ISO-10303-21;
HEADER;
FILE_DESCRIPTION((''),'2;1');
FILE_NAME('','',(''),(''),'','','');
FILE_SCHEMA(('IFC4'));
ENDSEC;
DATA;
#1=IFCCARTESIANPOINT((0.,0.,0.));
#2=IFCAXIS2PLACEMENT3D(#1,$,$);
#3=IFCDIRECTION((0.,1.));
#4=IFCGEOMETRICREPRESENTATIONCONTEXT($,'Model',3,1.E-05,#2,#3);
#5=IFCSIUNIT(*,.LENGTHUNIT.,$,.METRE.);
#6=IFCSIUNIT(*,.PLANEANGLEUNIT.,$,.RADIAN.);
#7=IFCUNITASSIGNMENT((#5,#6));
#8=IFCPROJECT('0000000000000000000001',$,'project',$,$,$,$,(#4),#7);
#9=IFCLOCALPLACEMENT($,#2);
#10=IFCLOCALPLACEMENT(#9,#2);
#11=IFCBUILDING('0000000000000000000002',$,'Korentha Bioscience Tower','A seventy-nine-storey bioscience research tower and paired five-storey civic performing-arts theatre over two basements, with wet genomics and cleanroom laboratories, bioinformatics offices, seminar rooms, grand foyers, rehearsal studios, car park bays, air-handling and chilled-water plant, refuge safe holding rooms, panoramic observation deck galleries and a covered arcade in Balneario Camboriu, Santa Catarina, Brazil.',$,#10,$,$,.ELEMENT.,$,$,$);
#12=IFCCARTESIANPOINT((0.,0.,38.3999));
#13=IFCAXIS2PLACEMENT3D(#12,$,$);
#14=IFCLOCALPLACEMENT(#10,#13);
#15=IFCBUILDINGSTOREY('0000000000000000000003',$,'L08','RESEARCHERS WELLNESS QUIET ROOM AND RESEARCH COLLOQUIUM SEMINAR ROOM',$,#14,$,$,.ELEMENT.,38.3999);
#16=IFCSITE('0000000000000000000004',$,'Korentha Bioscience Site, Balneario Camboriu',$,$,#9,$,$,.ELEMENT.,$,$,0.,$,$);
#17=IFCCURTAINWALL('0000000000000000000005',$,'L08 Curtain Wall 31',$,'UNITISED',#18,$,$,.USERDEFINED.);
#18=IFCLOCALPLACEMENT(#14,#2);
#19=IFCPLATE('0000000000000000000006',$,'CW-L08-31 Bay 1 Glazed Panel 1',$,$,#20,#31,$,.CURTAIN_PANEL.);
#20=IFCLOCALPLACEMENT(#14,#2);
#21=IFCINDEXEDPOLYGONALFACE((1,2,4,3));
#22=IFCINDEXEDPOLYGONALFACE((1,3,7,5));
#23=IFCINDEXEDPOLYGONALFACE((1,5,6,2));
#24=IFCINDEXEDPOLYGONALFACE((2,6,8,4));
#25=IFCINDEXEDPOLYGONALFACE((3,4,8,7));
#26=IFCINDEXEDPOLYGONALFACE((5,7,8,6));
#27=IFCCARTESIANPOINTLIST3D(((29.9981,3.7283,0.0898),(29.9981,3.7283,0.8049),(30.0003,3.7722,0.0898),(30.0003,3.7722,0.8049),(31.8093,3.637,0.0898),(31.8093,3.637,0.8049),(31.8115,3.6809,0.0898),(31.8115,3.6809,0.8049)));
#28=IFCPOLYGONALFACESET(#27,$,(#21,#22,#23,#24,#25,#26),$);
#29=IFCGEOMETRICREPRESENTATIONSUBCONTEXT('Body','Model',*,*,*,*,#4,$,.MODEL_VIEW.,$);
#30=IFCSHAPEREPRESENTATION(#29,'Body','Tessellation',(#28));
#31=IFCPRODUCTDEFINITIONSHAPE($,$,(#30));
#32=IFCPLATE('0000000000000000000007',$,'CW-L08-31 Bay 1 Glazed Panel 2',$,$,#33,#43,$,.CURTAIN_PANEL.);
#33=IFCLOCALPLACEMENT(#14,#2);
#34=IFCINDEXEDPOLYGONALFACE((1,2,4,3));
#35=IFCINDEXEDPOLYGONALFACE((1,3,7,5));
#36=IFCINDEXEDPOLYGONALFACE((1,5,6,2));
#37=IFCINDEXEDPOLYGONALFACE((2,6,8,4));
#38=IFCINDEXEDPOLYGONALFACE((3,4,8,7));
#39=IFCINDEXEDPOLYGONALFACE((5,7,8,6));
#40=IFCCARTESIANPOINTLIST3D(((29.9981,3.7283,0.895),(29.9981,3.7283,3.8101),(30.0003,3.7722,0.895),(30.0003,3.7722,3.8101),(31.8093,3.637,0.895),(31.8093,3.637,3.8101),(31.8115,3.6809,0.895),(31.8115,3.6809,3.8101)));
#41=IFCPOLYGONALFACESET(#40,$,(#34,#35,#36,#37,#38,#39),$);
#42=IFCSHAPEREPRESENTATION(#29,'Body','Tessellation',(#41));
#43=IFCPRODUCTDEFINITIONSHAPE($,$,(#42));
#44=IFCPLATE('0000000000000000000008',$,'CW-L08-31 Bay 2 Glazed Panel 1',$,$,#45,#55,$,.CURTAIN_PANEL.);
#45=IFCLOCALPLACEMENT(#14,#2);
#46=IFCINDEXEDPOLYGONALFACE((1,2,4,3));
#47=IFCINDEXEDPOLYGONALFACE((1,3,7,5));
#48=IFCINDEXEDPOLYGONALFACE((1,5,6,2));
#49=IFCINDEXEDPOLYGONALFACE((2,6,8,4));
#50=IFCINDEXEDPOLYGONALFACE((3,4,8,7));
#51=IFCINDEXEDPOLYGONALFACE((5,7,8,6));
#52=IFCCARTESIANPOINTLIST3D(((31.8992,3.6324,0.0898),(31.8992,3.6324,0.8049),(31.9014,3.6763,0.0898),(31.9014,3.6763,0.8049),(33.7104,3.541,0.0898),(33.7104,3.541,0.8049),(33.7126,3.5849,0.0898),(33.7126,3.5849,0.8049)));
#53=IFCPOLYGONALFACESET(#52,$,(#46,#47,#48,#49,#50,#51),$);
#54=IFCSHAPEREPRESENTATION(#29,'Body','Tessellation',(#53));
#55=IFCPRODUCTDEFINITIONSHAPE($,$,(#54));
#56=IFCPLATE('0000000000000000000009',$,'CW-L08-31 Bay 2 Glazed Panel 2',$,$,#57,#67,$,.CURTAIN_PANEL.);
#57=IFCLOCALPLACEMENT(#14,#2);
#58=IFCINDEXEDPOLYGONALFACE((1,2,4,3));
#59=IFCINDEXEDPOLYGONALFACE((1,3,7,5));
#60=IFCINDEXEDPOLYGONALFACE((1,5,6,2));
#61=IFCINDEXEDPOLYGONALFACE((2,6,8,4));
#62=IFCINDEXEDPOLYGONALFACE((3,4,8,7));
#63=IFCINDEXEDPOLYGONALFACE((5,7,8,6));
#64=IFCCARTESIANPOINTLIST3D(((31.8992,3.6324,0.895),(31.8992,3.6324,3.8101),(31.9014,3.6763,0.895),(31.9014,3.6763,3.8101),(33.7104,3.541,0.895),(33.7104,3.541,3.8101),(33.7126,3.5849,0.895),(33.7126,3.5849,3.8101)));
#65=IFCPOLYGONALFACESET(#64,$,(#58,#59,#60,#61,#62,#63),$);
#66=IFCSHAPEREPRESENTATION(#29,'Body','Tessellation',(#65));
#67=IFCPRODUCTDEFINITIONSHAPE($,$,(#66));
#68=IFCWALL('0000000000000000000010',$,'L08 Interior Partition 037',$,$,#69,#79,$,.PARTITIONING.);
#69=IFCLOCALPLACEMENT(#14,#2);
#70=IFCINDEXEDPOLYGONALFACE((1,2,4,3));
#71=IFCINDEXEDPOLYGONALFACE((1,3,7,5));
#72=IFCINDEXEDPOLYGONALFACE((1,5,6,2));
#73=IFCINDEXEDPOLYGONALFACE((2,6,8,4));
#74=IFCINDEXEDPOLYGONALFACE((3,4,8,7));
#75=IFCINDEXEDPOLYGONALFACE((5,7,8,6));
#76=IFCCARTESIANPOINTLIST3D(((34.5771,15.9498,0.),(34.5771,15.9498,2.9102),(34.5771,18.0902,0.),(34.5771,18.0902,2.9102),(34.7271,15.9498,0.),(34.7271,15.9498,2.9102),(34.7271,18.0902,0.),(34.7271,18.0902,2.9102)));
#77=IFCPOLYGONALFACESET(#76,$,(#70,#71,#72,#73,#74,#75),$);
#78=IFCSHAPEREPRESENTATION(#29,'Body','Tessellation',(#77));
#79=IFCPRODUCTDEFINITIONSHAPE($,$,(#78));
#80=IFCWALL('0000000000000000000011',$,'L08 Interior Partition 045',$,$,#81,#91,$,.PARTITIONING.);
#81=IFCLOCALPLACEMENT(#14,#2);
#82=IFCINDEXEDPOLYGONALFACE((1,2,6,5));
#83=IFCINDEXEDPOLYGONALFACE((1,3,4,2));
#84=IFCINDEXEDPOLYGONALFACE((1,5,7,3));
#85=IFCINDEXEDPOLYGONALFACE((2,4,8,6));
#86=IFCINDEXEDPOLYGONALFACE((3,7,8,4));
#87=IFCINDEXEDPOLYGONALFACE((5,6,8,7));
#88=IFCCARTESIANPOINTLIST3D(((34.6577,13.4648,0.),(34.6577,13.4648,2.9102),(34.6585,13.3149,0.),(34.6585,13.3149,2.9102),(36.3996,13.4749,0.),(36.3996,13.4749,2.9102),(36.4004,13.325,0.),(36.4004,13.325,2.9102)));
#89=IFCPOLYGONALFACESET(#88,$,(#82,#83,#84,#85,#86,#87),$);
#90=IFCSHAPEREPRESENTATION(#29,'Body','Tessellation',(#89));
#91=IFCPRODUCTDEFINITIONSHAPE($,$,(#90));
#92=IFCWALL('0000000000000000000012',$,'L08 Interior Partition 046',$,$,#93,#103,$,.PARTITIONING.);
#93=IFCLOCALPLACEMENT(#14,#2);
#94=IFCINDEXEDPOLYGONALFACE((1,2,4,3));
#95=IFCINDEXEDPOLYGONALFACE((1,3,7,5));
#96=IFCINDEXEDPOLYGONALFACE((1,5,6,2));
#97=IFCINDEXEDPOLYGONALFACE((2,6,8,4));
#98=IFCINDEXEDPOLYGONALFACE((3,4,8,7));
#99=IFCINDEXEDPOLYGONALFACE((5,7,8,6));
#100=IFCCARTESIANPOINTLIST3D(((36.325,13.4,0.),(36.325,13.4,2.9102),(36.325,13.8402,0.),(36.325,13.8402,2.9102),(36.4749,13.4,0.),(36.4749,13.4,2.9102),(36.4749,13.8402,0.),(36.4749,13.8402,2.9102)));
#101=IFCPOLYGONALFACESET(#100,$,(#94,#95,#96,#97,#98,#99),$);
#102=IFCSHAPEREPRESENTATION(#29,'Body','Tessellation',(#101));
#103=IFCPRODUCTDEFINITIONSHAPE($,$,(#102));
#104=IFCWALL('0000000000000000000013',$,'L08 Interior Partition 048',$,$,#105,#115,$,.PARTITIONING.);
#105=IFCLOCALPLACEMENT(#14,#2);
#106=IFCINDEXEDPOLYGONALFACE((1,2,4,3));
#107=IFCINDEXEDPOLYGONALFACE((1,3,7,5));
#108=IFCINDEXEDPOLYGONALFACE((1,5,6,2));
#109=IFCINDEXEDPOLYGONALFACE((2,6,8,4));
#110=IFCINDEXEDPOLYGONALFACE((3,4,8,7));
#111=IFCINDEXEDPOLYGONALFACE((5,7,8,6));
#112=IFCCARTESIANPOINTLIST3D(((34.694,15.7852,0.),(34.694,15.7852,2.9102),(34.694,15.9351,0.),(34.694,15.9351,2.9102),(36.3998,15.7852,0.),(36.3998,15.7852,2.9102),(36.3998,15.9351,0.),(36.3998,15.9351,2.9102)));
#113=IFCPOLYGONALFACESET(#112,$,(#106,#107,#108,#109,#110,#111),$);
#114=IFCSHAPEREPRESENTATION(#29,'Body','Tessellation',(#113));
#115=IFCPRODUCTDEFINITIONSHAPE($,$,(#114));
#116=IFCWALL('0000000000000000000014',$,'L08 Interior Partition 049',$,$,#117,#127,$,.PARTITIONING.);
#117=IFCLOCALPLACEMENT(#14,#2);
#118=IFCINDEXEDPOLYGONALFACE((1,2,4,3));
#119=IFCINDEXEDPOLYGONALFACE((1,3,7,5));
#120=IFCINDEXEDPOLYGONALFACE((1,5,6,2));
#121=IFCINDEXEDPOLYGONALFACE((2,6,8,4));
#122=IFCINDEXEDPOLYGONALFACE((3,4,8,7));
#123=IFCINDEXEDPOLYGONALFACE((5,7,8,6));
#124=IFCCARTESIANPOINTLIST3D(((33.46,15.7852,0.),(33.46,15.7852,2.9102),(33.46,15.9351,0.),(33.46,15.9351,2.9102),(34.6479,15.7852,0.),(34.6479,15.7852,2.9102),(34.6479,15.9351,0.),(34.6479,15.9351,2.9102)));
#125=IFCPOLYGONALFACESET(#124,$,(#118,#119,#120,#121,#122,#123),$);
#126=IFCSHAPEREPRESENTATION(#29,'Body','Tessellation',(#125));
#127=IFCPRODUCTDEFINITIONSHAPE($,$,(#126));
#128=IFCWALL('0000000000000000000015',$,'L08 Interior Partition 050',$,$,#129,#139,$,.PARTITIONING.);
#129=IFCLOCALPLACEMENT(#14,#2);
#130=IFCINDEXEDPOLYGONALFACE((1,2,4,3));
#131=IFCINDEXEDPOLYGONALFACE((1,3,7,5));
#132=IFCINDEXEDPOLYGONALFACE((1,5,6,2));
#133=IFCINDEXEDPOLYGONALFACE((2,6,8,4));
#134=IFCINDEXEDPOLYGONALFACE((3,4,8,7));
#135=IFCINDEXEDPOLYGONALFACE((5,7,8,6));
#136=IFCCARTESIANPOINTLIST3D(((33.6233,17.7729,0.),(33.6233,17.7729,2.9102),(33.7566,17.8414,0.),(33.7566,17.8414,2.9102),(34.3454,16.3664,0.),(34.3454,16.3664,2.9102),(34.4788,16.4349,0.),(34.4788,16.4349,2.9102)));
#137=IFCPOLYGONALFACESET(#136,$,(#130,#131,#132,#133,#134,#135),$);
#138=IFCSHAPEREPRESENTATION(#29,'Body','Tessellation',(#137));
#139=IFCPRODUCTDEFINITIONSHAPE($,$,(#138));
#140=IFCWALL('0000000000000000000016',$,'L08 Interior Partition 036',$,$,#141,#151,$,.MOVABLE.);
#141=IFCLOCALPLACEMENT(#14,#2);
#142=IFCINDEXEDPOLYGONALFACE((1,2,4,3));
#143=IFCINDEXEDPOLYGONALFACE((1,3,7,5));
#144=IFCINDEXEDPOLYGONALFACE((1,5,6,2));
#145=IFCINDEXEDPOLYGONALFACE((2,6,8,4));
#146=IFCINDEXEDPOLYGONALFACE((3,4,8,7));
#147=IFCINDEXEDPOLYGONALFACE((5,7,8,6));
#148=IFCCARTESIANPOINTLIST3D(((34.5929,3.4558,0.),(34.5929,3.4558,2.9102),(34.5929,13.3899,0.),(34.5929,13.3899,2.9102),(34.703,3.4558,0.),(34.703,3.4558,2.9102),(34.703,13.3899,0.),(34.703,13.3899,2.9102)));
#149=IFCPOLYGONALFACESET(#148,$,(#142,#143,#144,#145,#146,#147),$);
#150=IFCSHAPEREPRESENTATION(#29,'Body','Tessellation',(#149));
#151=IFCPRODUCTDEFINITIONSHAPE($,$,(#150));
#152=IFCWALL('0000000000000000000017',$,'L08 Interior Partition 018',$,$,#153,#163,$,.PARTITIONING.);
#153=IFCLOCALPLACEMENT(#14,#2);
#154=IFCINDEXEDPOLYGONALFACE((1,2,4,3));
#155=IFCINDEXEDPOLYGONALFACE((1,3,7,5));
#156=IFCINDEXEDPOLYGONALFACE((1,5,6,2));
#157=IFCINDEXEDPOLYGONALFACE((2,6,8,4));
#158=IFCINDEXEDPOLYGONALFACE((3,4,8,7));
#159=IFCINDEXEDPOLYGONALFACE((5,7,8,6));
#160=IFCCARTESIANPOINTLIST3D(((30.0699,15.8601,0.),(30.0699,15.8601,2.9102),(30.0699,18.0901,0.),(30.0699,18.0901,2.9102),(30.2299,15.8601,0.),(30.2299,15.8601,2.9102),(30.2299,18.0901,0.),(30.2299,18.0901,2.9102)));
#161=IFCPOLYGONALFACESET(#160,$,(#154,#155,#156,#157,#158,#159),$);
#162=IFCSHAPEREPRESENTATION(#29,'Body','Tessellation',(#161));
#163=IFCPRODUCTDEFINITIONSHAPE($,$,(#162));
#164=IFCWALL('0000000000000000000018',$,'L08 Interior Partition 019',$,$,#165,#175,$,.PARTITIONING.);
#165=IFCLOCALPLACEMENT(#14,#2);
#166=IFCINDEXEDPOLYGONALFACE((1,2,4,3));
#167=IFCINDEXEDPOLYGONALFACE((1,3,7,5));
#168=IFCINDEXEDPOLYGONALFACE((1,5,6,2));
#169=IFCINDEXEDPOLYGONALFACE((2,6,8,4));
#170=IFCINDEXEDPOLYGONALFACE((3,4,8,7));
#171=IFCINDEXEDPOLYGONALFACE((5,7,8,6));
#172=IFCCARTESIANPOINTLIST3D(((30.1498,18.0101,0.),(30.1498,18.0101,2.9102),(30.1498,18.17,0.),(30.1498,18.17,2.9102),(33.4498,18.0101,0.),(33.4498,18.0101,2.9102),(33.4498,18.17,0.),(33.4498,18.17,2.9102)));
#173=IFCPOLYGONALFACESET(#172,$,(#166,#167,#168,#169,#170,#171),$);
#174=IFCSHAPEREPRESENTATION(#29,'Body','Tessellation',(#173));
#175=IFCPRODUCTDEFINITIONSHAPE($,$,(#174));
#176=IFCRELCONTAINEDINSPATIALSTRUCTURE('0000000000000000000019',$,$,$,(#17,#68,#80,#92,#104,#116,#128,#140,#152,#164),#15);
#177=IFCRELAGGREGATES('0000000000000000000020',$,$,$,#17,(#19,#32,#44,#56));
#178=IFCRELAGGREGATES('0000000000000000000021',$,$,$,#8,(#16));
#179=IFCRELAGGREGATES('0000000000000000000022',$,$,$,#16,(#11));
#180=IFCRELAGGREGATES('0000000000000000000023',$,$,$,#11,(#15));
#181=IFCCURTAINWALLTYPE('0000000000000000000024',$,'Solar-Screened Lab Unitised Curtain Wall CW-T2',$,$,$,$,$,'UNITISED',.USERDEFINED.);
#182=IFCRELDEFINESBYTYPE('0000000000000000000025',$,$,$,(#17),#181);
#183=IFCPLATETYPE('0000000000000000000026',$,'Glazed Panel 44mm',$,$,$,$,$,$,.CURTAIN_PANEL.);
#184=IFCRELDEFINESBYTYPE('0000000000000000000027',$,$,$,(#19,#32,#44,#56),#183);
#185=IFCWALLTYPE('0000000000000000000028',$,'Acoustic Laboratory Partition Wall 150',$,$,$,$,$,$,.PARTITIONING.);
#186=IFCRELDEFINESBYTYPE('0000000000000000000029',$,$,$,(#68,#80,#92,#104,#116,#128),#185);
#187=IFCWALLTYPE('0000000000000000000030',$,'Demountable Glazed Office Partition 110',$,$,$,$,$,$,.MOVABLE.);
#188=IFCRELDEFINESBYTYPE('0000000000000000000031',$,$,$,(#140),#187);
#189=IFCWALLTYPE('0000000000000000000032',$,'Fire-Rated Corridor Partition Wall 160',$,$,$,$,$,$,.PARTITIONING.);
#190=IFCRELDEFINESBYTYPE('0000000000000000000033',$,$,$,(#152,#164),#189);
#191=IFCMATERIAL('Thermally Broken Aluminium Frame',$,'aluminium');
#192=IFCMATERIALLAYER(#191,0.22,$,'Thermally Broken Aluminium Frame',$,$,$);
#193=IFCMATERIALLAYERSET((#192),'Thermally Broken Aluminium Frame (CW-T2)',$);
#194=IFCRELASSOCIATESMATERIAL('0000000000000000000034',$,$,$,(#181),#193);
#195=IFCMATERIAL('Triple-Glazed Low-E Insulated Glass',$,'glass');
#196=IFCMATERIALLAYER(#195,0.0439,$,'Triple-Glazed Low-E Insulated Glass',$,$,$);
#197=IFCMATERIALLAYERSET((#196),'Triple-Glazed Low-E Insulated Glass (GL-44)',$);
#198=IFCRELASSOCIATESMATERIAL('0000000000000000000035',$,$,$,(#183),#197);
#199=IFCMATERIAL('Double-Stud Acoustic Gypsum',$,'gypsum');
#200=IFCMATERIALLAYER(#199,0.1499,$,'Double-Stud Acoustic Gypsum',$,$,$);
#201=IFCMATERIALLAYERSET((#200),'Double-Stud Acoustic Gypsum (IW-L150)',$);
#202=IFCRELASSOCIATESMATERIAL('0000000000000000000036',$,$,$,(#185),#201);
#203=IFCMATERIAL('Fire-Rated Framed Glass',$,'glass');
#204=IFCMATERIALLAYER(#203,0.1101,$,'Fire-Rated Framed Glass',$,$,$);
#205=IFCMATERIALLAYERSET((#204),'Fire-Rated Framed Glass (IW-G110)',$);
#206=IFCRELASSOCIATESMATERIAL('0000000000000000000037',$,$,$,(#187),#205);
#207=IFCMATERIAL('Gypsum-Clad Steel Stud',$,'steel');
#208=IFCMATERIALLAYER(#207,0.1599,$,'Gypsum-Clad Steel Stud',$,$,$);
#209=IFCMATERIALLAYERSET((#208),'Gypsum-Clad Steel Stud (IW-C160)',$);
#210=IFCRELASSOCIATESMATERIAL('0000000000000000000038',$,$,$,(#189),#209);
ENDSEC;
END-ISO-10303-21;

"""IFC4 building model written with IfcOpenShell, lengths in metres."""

from ifc_helpers import new_model, si_unit, direction, frame, frame_2d, origin, origin_2d, place, context, subcontext, project, spatial, rectangle, extrude, material, layer, layer_set, type_object, element, aggregate, save


model = new_model("IFC4")

# Units and contexts
model_context = context("Model", 3, precision=1e-05, world=origin(), true_north=direction((0.0, 1.0)))
body_context = subcontext(model_context, "Body", "Model", "MODEL_VIEW")
ifc_project = project(units=[si_unit("LENGTHUNIT", "METRE"), si_unit("PLANEANGLEUNIT", "RADIAN")], contexts=[model_context])

# Site, building, storey
site_placement = place(None, origin())
site = spatial("IfcSite", under=ifc_project, at=site_placement, Name="Korentha Bioscience Site, Balneario Camboriu", CompositionType="ELEMENT", RefElevation=0.0)
building_placement = place(site_placement, origin())
building = spatial("IfcBuilding", under=site, at=building_placement, Name="Korentha Bioscience Tower", Description="A seventy-nine-storey bioscience research tower and paired five-storey civic performing-arts theatre over two basements, with wet genomics and cleanroom laboratories, bioinformatics offices, seminar rooms, grand foyers, rehearsal studios, car park bays, air-handling and chilled-water plant, refuge safe holding rooms, panoramic observation deck galleries and a covered arcade in Balneario Camboriu, Santa Catarina, Brazil.", CompositionType="ELEMENT")
storey_placement = place(building_placement, frame((0.0, 0.0, 38.3999)))
storey = spatial("IfcBuildingStorey", under=building, at=storey_placement, Name="L08", Description="RESEARCHERS WELLNESS QUIET ROOM AND RESEARCH COLLOQUIUM SEMINAR ROOM", CompositionType="ELEMENT", Elevation=38.3999)

# Curtain wall
ifc_material_1 = material(Name="Thermally Broken Aluminium Frame", Category="aluminium")
ifc_layer_1 = layer(ifc_material_1, 0.22, Name="Thermally Broken Aluminium Frame")
ifc_layer_set_1 = layer_set([ifc_layer_1], Name="Thermally Broken Aluminium Frame (CW-T2)")
curtain_wall_type = type_object("IfcCurtainWallType", Name="Solar-Screened Lab Unitised Curtain Wall CW-T2", ElementType="UNITISED", PredefinedType="USERDEFINED", material=ifc_layer_set_1)
curtain_wall_placement = place(storey_placement, origin())
curtain_wall = element("IfcCurtainWall", 1, at=curtain_wall_placement, inside=storey, type_object=curtain_wall_type, Name="L08 Curtain Wall 31", ObjectType="UNITISED", PredefinedType="USERDEFINED")

# Plates
ifc_material_2 = material(Name="Triple-Glazed Low-E Insulated Glass", Category="glass")
ifc_layer_2 = layer(ifc_material_2, 0.0439, Name="Triple-Glazed Low-E Insulated Glass")
ifc_layer_set_2 = layer_set([ifc_layer_2], Name="Triple-Glazed Low-E Insulated Glass (GL-44)")
plate_type = type_object("IfcPlateType", Name="Glazed Panel 44mm", PredefinedType="CURTAIN_PANEL", material=ifc_layer_set_2)
plate_1_placement = place(storey_placement, frame((30.9048, 3.7046, 0.0898), z_axis=(0.0, 0.0, 1.0), x_axis=(0.998731, -0.050371, 0.0)))
plate_1 = element("IfcPlate", 2, at=plate_1_placement, type_object=plate_type, Name="CW-L08-31 Bay 1 Glazed Panel 1", PredefinedType="CURTAIN_PANEL", context=body_context, shape_type="SweptSolid", body=[
    extrude(rectangle(XDim=1.8135, YDim=0.0439, at=origin_2d()), origin(), (0.0, 0.0, 1.0), 0.7151),
])
plate_2_placement = place(storey_placement, frame((30.9048, 3.7046, 0.895), z_axis=(0.0, 0.0, 1.0), x_axis=(0.998731, -0.050371, 0.0)))
plate_2 = element("IfcPlate", 3, at=plate_2_placement, type_object=plate_type, Name="CW-L08-31 Bay 1 Glazed Panel 2", PredefinedType="CURTAIN_PANEL", context=body_context, shape_type="SweptSolid", body=[
    extrude(rectangle(XDim=1.8135, YDim=0.0439, at=origin_2d()), origin(), (0.0, 0.0, 1.0), 2.915),
])
plate_3_placement = place(storey_placement, frame((32.8059, 3.6086, 0.0898), z_axis=(0.0, 0.0, 1.0), x_axis=(0.998731, -0.050371, 0.0)))
plate_3 = element("IfcPlate", 4, at=plate_3_placement, type_object=plate_type, Name="CW-L08-31 Bay 2 Glazed Panel 1", PredefinedType="CURTAIN_PANEL", context=body_context, shape_type="SweptSolid", body=[
    extrude(rectangle(XDim=1.8135, YDim=0.0439, at=origin_2d()), origin(), (0.0, 0.0, 1.0), 0.7151),
])
plate_4_placement = place(storey_placement, frame((32.8059, 3.6086, 0.895), z_axis=(0.0, 0.0, 1.0), x_axis=(0.998731, -0.050371, 0.0)))
plate_4 = element("IfcPlate", 5, at=plate_4_placement, type_object=plate_type, Name="CW-L08-31 Bay 2 Glazed Panel 2", PredefinedType="CURTAIN_PANEL", context=body_context, shape_type="SweptSolid", body=[
    extrude(rectangle(XDim=1.8135, YDim=0.0439, at=origin_2d()), origin(), (0.0, 0.0, 1.0), 2.915),
])
aggregate(curtain_wall, [plate_1, plate_2, plate_3, plate_4])

# Shared definitions
ifc_material_3 = material(Name="Double-Stud Acoustic Gypsum", Category="gypsum")
ifc_layer_3 = layer(ifc_material_3, 0.1499, Name="Double-Stud Acoustic Gypsum")
ifc_layer_set_3 = layer_set([ifc_layer_3], Name="Double-Stud Acoustic Gypsum (IW-L150)")
wall_type_1 = type_object("IfcWallType", Name="Acoustic Laboratory Partition Wall 150", PredefinedType="PARTITIONING", material=ifc_layer_set_3)

# Walls
wall_1_placement = place(storey_placement, frame((34.6521, 15.9497, 0.0), z_axis=(0.0, 0.0, 1.0), x_axis=(0.0, 1.0, 0.0)))
element("IfcWall", 6, at=wall_1_placement, inside=storey, type_object=wall_type_1, Name="L08 Interior Partition 037", PredefinedType="PARTITIONING", context=body_context, shape_type="SweptSolid", body=[
    extrude(rectangle(XDim=2.1404, YDim=0.1499, at=frame_2d((1.0703, 0.0))), origin(), (0.0, 0.0, 1.0), 2.9102),
])
wall_2_placement = place(storey_placement, frame((34.658, 13.3899, 0.0), z_axis=(0.0, 0.0, 1.0), x_axis=(0.999983, 0.005746, 0.0)))
element("IfcWall", 7, at=wall_2_placement, inside=storey, type_object=wall_type_1, Name="L08 Interior Partition 045", PredefinedType="PARTITIONING", context=body_context, shape_type="SweptSolid", body=[
    extrude(rectangle(XDim=1.7419, YDim=0.1499, at=frame_2d((0.8711, 0.0))), origin(), (0.0, 0.0, 1.0), 2.9102),
])
wall_3_placement = place(storey_placement, frame((36.3999, 13.3999, 0.0), z_axis=(0.0, 0.0, 1.0), x_axis=(0.0, 1.0, 0.0)))
element("IfcWall", 8, at=wall_3_placement, inside=storey, type_object=wall_type_1, Name="L08 Interior Partition 046", PredefinedType="PARTITIONING", context=body_context, shape_type="SweptSolid", body=[
    extrude(rectangle(XDim=0.4402, YDim=0.1499, at=frame_2d((0.2202, 0.0))), origin(), (0.0, 0.0, 1.0), 2.9102),
])
wall_4_placement = place(storey_placement, frame((36.3999, 15.8601, 0.0), z_axis=(0.0, 0.0, 1.0), x_axis=(-1.0, 0.0, 0.0)))
element("IfcWall", 9, at=wall_4_placement, inside=storey, type_object=wall_type_1, Name="L08 Interior Partition 048", PredefinedType="PARTITIONING", context=body_context, shape_type="SweptSolid", body=[
    extrude(rectangle(XDim=1.7058, YDim=0.1499, at=frame_2d((0.853, 0.0))), origin(), (0.0, 0.0, 1.0), 2.9102),
])
wall_5_placement = place(storey_placement, frame((34.6479, 15.8601, 0.0), z_axis=(0.0, 0.0, 1.0), x_axis=(-1.0, 0.0, 0.0)))
element("IfcWall", 10, at=wall_5_placement, inside=storey, type_object=wall_type_1, Name="L08 Interior Partition 049", PredefinedType="PARTITIONING", context=body_context, shape_type="SweptSolid", body=[
    extrude(rectangle(XDim=1.188, YDim=0.1499, at=frame_2d((0.594, 0.0))), origin(), (0.0, 0.0, 1.0), 2.9102),
])
wall_6_placement = place(storey_placement, frame((33.6899, 17.8071, 0.0), z_axis=(0.0, 0.0, 1.0), x_axis=(0.456762, -0.889589, 0.0)))
element("IfcWall", 11, at=wall_6_placement, inside=storey, type_object=wall_type_1, Name="L08 Interior Partition 050", PredefinedType="PARTITIONING", context=body_context, shape_type="SweptSolid", body=[
    extrude(rectangle(XDim=1.5811, YDim=0.1499, at=frame_2d((0.7905, 0.0))), origin(), (0.0, 0.0, 1.0), 2.9102),
])
ifc_material_4 = material(Name="Fire-Rated Framed Glass", Category="glass")
ifc_layer_4 = layer(ifc_material_4, 0.1101, Name="Fire-Rated Framed Glass")
ifc_layer_set_4 = layer_set([ifc_layer_4], Name="Fire-Rated Framed Glass (IW-G110)")
wall_type_2 = type_object("IfcWallType", Name="Demountable Glazed Office Partition 110", PredefinedType="MOVABLE", material=ifc_layer_set_4)
wall_7_placement = place(storey_placement, frame((34.6479, 13.3899, 0.0), z_axis=(0.0, 0.0, 1.0), x_axis=(0.0, -1.0, 0.0)))
element("IfcWall", 12, at=wall_7_placement, inside=storey, type_object=wall_type_2, Name="L08 Interior Partition 036", PredefinedType="MOVABLE", context=body_context, shape_type="SweptSolid", body=[
    extrude(rectangle(XDim=9.9341, YDim=0.1101, at=frame_2d((4.967, 0.0))), origin(), (0.0, 0.0, 1.0), 2.9102),
])

# Shared definitions
ifc_material_5 = material(Name="Gypsum-Clad Steel Stud", Category="steel")
ifc_layer_5 = layer(ifc_material_5, 0.1599, Name="Gypsum-Clad Steel Stud")
ifc_layer_set_5 = layer_set([ifc_layer_5], Name="Gypsum-Clad Steel Stud (IW-C160)")
wall_type_3 = type_object("IfcWallType", Name="Fire-Rated Corridor Partition Wall 160", PredefinedType="PARTITIONING", material=ifc_layer_set_5)

# Walls
wall_8_placement = place(storey_placement, frame((30.1499, 15.8601, 0.0), z_axis=(0.0, 0.0, 1.0), x_axis=(0.0, 1.0, 0.0)))
element("IfcWall", 13, at=wall_8_placement, inside=storey, type_object=wall_type_3, Name="L08 Interior Partition 018", PredefinedType="PARTITIONING", context=body_context, shape_type="SweptSolid", body=[
    extrude(rectangle(XDim=2.23, YDim=0.1599, at=frame_2d((1.115, 0.0))), origin(), (0.0, 0.0, 1.0), 2.9102),
])
wall_9_placement = place(storey_placement, frame((30.1499, 18.0901, 0.0), z_axis=(0.0, 0.0, 1.0), x_axis=(1.0, 0.0, 0.0)))
element("IfcWall", 14, at=wall_9_placement, inside=storey, type_object=wall_type_3, Name="L08 Interior Partition 019", PredefinedType="PARTITIONING", context=body_context, shape_type="SweptSolid", body=[
    extrude(rectangle(XDim=3.3, YDim=0.1599, at=frame_2d((1.6499, 0.0))), origin(), (0.0, 0.0, 1.0), 2.9102),
])

save(model, "model.ifc")
